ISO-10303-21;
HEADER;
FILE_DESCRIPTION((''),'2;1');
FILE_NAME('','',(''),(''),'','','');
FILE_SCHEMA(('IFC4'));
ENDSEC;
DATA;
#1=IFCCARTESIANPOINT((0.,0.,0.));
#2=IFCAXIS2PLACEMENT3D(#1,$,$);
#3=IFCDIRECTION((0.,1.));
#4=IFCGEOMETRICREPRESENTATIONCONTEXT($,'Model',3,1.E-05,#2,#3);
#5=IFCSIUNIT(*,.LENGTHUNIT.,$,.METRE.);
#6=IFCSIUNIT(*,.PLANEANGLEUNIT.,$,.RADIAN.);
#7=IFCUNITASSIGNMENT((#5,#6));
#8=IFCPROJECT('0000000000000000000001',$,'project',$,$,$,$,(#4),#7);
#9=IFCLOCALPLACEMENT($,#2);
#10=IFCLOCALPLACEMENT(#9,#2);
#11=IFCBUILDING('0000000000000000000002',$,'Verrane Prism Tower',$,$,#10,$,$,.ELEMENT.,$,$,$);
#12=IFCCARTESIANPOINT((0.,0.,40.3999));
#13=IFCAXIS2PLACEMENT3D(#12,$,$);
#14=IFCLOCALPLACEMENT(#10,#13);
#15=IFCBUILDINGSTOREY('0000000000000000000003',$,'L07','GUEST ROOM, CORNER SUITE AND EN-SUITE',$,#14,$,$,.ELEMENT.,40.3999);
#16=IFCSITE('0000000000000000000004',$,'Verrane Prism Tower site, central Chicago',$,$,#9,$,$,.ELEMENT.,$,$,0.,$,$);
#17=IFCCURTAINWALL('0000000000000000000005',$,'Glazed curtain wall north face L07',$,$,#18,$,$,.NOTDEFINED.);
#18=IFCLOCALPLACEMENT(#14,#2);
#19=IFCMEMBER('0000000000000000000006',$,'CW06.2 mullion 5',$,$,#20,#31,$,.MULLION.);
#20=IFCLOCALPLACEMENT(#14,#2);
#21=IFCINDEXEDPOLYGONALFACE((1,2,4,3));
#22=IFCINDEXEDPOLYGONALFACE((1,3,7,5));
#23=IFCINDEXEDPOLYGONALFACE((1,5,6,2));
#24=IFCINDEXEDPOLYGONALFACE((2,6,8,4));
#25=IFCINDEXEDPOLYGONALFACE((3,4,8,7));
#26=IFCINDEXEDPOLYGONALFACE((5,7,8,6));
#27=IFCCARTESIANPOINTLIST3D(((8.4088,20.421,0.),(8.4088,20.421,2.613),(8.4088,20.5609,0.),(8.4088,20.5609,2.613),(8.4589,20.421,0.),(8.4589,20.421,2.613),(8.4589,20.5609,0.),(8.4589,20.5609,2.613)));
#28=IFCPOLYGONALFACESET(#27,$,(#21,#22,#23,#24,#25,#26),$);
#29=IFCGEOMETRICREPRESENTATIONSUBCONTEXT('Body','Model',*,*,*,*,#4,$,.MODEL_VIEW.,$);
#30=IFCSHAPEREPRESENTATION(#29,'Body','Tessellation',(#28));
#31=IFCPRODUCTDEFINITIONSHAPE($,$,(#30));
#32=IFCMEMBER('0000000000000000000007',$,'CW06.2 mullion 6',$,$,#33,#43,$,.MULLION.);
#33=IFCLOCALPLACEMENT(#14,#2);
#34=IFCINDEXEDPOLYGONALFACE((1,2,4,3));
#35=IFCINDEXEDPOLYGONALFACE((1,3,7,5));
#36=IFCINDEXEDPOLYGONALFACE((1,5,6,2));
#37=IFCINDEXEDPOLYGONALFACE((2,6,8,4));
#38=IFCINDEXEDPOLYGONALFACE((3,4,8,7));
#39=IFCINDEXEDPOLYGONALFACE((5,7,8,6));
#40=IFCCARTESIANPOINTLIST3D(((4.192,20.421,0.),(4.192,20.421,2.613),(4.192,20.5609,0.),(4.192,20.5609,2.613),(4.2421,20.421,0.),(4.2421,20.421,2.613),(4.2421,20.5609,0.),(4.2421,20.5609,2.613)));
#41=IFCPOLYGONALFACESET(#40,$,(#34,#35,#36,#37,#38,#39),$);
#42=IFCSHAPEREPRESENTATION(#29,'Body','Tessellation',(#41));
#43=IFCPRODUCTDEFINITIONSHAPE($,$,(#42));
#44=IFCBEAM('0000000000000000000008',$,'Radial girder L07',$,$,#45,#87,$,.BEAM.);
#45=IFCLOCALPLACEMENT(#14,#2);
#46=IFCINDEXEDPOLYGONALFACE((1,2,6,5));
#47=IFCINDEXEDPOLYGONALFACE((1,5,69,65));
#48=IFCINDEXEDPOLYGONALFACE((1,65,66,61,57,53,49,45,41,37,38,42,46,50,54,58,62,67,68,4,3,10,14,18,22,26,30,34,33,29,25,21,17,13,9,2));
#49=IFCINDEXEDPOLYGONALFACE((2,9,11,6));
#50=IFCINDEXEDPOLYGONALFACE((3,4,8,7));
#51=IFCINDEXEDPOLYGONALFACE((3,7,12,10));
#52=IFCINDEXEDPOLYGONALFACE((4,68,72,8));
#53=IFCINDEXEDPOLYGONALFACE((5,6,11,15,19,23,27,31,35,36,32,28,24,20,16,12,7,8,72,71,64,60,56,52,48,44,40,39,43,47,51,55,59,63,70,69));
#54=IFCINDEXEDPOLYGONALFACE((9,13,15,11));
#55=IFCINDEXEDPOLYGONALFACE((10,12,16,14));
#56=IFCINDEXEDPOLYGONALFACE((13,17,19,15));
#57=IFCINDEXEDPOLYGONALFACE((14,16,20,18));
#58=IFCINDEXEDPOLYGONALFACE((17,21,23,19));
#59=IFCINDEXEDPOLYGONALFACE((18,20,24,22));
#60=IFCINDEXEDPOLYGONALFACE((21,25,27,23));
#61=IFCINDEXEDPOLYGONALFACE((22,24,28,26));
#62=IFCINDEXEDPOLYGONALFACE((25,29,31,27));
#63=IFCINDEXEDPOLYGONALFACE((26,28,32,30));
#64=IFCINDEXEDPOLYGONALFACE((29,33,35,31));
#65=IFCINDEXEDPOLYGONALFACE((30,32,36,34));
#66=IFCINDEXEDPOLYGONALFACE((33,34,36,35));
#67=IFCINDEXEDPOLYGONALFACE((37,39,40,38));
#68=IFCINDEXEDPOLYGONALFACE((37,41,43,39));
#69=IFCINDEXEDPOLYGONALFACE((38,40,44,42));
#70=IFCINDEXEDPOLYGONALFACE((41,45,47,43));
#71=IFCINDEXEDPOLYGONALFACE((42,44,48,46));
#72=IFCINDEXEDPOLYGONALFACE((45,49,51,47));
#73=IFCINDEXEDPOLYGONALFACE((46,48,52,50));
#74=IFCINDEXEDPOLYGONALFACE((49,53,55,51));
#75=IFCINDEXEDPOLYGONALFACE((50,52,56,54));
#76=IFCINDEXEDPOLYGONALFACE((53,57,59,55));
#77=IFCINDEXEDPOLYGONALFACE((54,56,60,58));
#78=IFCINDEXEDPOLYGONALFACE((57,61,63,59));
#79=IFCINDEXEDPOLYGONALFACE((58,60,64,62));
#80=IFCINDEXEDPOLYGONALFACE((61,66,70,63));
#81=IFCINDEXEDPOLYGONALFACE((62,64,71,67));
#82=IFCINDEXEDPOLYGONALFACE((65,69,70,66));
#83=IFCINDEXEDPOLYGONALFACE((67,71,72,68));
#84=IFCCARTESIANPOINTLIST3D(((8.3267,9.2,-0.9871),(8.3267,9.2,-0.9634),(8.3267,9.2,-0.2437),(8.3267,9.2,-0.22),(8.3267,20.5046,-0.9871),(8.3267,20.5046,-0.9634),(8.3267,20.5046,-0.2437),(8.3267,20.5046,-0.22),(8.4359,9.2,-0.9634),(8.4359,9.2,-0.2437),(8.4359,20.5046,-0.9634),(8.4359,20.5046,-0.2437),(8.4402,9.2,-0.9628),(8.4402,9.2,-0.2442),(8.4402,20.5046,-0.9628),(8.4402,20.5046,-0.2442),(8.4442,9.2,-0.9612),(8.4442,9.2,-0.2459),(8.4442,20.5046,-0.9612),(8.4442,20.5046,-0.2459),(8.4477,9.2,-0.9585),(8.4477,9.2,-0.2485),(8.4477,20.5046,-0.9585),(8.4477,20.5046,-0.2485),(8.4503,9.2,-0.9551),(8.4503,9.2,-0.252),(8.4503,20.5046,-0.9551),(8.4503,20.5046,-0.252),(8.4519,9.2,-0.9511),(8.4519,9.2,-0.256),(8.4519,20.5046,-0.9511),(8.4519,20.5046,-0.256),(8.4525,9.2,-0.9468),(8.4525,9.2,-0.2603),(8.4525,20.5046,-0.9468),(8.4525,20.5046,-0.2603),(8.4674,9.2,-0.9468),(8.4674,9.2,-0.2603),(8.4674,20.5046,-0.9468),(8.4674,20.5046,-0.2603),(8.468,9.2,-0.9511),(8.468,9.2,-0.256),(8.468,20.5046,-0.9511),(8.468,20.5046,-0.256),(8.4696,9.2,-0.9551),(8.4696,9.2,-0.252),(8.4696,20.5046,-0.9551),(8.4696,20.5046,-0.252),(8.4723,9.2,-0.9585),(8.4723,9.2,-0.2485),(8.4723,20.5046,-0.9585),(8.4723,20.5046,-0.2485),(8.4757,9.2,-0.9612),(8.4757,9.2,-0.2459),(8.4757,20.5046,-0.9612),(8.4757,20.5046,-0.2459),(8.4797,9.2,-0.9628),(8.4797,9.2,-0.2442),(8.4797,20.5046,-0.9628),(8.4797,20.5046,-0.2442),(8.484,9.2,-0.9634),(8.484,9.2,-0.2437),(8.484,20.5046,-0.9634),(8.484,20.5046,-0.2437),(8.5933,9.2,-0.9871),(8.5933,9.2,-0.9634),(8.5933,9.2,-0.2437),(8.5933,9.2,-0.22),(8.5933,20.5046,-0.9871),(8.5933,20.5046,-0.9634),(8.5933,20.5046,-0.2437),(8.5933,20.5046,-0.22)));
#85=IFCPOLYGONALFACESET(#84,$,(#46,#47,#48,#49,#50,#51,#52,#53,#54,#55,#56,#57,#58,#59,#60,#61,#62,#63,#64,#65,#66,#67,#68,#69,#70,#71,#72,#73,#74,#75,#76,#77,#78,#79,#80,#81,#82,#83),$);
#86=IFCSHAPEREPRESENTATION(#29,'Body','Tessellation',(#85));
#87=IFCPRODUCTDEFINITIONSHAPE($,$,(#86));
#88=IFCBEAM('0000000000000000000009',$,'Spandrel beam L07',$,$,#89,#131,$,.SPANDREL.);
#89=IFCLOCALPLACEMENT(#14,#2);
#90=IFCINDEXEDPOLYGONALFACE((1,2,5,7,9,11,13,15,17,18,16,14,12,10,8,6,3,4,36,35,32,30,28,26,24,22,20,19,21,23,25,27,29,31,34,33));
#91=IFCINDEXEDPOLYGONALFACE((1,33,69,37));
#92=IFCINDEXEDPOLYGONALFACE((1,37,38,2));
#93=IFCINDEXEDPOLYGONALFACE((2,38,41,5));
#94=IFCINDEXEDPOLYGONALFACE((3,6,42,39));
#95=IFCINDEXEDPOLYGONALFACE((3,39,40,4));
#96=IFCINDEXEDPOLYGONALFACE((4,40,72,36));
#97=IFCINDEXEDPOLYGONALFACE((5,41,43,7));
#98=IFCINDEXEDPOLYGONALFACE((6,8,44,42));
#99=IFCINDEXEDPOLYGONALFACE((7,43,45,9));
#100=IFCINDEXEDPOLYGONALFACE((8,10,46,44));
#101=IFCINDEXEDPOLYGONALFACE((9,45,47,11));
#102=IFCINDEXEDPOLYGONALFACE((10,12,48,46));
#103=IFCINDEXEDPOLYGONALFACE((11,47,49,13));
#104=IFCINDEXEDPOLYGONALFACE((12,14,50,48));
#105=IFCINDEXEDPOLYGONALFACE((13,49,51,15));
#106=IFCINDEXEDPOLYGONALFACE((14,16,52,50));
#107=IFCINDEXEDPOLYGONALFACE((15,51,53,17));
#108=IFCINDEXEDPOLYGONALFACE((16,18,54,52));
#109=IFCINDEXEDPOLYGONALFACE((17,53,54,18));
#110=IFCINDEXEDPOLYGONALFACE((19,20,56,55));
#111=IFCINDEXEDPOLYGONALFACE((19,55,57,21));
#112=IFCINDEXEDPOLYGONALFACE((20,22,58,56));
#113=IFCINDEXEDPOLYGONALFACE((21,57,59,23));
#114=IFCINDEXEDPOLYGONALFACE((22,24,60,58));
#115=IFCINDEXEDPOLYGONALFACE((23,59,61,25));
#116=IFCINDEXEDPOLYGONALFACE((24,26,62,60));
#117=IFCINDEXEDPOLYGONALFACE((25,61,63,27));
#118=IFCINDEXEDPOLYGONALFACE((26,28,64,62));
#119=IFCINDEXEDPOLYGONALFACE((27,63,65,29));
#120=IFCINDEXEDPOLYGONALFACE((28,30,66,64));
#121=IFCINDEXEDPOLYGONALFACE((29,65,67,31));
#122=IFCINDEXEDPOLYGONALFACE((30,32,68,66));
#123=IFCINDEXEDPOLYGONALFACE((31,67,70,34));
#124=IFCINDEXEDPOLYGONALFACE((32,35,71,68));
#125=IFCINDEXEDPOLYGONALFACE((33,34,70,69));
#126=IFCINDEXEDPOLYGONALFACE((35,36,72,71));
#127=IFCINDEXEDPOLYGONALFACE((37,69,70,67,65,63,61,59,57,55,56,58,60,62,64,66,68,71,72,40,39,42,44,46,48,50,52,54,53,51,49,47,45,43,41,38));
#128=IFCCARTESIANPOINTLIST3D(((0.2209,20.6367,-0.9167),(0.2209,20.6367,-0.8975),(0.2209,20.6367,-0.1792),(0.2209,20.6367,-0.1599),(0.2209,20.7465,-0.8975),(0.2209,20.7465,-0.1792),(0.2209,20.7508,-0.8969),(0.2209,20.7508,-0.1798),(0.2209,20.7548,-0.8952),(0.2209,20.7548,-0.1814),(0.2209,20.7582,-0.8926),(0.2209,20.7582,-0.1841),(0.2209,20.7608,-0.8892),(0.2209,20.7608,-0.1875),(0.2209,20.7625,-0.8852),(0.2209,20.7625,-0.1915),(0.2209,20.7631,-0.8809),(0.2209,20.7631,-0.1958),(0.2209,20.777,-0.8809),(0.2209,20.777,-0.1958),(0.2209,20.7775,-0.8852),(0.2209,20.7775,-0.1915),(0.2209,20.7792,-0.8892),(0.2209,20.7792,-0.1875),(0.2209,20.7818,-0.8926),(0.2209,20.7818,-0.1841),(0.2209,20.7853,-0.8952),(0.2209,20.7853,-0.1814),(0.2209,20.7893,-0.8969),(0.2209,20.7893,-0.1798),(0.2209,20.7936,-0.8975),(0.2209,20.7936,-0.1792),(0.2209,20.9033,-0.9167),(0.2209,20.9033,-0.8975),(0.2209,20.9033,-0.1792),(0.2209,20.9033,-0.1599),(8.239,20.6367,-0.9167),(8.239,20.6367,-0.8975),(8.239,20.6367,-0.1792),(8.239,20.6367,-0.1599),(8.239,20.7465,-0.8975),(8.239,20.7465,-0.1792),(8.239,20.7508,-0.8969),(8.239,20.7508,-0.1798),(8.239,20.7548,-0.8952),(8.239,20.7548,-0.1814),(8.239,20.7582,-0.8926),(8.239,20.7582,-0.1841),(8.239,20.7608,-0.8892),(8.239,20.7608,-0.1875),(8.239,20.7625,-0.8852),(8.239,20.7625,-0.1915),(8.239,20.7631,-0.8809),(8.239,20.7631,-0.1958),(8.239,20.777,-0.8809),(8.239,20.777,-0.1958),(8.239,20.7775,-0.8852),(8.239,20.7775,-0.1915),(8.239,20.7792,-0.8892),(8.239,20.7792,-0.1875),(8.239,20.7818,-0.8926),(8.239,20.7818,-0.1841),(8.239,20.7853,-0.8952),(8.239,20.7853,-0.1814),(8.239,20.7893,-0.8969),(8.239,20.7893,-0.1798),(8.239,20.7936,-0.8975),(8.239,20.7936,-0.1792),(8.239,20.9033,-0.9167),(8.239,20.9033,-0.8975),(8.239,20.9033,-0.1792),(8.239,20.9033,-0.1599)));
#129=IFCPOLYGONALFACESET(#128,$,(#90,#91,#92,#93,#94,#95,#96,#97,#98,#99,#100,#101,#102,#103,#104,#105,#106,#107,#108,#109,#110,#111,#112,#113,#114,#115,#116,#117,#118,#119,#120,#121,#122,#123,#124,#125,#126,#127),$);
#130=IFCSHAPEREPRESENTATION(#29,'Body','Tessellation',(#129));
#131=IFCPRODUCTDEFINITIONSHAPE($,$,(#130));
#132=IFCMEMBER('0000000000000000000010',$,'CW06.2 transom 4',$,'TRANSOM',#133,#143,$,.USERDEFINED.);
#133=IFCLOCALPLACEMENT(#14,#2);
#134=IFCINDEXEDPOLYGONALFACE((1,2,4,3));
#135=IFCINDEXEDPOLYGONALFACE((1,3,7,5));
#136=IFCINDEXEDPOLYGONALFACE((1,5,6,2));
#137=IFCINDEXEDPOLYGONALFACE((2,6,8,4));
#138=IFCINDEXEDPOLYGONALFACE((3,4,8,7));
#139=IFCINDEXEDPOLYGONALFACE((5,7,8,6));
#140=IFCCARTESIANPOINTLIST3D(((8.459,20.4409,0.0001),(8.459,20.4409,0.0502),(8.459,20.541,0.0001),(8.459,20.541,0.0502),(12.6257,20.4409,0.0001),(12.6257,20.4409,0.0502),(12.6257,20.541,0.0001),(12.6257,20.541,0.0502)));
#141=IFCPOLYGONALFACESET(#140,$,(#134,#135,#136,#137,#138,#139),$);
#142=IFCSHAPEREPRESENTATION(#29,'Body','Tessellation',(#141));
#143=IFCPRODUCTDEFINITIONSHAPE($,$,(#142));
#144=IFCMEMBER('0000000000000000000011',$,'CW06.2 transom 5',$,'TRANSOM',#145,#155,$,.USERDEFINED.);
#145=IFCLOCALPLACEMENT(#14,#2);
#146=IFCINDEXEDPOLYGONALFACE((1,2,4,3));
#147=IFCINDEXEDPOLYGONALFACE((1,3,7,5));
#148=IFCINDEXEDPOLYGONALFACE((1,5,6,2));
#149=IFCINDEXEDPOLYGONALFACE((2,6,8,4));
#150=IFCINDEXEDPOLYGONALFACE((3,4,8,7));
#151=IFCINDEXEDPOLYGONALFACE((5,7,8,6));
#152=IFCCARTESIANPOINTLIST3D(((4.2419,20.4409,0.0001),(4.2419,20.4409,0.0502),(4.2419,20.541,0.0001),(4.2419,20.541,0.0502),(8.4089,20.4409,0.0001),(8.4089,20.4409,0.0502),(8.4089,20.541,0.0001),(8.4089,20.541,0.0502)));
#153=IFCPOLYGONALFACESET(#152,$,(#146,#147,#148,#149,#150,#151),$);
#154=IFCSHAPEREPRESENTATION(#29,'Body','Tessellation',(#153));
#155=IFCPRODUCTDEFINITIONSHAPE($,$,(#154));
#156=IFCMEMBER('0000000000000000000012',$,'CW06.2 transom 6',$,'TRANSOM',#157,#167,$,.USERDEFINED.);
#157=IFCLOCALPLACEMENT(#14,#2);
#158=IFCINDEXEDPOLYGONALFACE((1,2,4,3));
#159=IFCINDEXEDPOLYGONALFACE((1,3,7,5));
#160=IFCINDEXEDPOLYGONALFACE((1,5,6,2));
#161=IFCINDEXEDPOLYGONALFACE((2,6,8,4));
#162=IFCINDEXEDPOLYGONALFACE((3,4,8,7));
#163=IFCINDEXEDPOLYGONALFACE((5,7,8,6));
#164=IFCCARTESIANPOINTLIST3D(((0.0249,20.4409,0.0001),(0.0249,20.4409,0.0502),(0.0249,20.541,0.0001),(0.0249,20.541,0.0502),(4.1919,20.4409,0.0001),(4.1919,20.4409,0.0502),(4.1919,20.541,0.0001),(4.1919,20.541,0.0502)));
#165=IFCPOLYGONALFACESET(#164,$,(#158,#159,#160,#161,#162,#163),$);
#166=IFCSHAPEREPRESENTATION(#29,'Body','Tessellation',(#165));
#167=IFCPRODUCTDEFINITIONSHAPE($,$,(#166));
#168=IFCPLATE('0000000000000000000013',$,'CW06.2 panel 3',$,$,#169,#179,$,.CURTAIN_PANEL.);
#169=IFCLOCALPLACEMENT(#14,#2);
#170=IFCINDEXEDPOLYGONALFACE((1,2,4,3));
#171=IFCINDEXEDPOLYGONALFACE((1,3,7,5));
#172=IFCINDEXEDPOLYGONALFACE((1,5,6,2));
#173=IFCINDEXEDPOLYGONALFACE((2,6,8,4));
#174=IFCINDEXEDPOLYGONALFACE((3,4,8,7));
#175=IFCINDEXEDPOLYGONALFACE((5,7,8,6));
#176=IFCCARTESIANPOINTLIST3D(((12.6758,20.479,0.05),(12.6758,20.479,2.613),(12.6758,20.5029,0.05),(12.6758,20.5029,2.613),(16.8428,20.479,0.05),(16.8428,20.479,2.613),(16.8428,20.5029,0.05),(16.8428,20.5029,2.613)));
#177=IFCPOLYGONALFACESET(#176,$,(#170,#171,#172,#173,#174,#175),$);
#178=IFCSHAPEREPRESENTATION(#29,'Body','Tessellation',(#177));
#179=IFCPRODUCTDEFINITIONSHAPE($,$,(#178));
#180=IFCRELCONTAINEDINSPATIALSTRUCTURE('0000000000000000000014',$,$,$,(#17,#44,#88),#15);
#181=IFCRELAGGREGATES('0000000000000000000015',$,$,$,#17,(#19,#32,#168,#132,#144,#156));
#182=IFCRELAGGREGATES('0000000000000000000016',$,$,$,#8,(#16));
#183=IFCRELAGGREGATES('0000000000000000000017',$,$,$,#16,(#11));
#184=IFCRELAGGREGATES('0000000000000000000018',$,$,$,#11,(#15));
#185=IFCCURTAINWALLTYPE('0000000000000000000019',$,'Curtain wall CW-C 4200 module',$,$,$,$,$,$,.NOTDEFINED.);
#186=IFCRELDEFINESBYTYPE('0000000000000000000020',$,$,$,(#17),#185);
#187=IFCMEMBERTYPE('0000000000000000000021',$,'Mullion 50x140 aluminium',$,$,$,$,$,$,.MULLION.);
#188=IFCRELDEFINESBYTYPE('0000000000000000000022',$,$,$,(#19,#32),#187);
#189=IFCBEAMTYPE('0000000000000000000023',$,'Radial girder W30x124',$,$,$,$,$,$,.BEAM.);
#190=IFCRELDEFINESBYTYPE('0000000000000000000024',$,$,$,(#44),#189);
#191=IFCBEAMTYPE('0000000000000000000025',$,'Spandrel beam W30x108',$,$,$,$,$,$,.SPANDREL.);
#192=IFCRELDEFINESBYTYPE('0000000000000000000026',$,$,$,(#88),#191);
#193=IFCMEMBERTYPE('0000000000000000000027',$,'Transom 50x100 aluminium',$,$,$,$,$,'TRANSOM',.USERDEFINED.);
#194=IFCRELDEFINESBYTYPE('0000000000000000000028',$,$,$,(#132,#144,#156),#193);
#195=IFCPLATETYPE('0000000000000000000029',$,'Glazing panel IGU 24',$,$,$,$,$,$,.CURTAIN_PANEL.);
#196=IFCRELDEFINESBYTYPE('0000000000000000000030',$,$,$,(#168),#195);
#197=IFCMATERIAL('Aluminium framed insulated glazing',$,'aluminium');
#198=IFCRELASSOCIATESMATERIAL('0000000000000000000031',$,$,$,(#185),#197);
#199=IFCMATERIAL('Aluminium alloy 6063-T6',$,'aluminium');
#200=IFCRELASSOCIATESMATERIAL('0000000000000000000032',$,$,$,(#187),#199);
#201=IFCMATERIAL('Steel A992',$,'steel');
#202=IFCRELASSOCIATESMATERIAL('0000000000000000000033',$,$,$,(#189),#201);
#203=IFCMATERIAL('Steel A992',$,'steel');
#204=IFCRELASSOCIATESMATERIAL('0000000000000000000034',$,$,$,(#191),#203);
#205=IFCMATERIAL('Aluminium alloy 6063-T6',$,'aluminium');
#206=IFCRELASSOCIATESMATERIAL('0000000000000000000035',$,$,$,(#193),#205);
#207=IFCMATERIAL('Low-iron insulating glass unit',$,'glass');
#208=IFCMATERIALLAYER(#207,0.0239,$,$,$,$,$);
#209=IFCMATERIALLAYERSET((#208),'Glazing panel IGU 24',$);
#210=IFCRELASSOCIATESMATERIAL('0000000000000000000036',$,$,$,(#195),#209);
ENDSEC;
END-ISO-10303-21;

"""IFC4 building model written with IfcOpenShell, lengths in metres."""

from ifc_helpers import new_model, si_unit, direction, frame, origin, origin_2d, place, context, subcontext, project, spatial, rectangle, i_section, extrude, material, layer, layer_set, material_profile, profile_set, type_object, element, aggregate, save


model = new_model("IFC4")

# Units and contexts
model_context = context("Model", 3, precision=1e-05, world=origin(), true_north=direction((0.0, 1.0)))
body_context = subcontext(model_context, "Body", "Model", "MODEL_VIEW")
ifc_project = project(units=[si_unit("LENGTHUNIT", "METRE"), si_unit("PLANEANGLEUNIT", "RADIAN")], contexts=[model_context])

# Site, building, storey
site_placement = place(None, origin())
site = spatial("IfcSite", under=ifc_project, at=site_placement, Name="Verrane Prism Tower site, central Chicago", CompositionType="ELEMENT", RefElevation=0.0)
building_placement = place(site_placement, origin())
building = spatial("IfcBuilding", under=site, at=building_placement, Name="Verrane Prism Tower", CompositionType="ELEMENT")
storey_placement = place(building_placement, frame((0.0, 0.0, 40.3999)))
storey = spatial("IfcBuildingStorey", under=building, at=storey_placement, Name="L07", Description="GUEST ROOM, CORNER SUITE AND EN-SUITE", CompositionType="ELEMENT", Elevation=40.3999)

# Curtain wall, members
ifc_material_1 = material(Name="Aluminium framed insulated glazing", Category="aluminium")
curtain_wall_type = type_object("IfcCurtainWallType", Name="Curtain wall CW-C 4200 module", PredefinedType="NOTDEFINED", material=ifc_material_1)
curtain_wall_placement = place(storey_placement, origin())
curtain_wall = element("IfcCurtainWall", 1, at=curtain_wall_placement, inside=storey, type_object=curtain_wall_type, Name="Glazed curtain wall north face L07", PredefinedType="NOTDEFINED")
ifc_material_2 = material(Name="Aluminium alloy 6063-T6", Category="aluminium")
ifc_material_profile_1 = material_profile(ifc_material_2, rectangle(XDim=0.1399, YDim=0.05, at=origin_2d()), Name="Mullion 50x140 aluminium")
ifc_profile_set_1 = profile_set([ifc_material_profile_1], Name="Aluminium alloy 6063-T6")
member_type_1 = type_object("IfcMemberType", Name="Mullion 50x140 aluminium", PredefinedType="MULLION", material=ifc_profile_set_1)
member_1_placement = place(storey_placement, frame((8.4338, 20.491, 0.0), z_axis=(0.0, 0.0, 1.0), x_axis=(0.0, -1.0, 0.0)))
member_1 = element("IfcMember", 2, at=member_1_placement, type_object=member_type_1, Name="CW06.2 mullion 5", PredefinedType="MULLION", context=body_context, shape_type="SweptSolid", body=[
    extrude(rectangle(XDim=0.1399, YDim=0.05, at=origin_2d()), origin(), (0.0, 0.0, 1.0), 2.613),
])
member_2_placement = place(storey_placement, frame((4.217, 20.491, 0.0), z_axis=(0.0, 0.0, 1.0), x_axis=(0.0, -1.0, 0.0)))
member_2 = element("IfcMember", 3, at=member_2_placement, type_object=member_type_1, Name="CW06.2 mullion 6", PredefinedType="MULLION", context=body_context, shape_type="SweptSolid", body=[
    extrude(rectangle(XDim=0.1399, YDim=0.05, at=origin_2d()), origin(), (0.0, 0.0, 1.0), 2.613),
])

# Beams
ifc_material_3 = material(Name="Steel A992", Category="steel")
ifc_material_profile_2 = material_profile(ifc_material_3, i_section(OverallWidth=0.2666, OverallDepth=0.7671, WebThickness=0.0149, FlangeThickness=0.0237, FilletRadius=0.0166, at=origin_2d()), Name="W30x124")
ifc_profile_set_2 = profile_set([ifc_material_profile_2], Name="Steel A992")
beam_type_1 = type_object("IfcBeamType", Name="Radial girder W30x124", PredefinedType="BEAM", material=ifc_profile_set_2)
beam_1_placement = place(storey_placement, frame((8.46, 20.5046, -0.6035), z_axis=(0.0, -1.0, 0.0), x_axis=(1.0, 0.0, 0.0)))
element("IfcBeam", 4, at=beam_1_placement, inside=storey, type_object=beam_type_1, Name="Radial girder L07", PredefinedType="BEAM", context=body_context, shape_type="SweptSolid", body=[
    extrude(i_section(OverallWidth=0.2666, OverallDepth=0.7671, WebThickness=0.0149, FlangeThickness=0.0237, FilletRadius=0.0166, at=origin_2d()), origin(), (0.0, 0.0, 1.0), 11.3047),
])
ifc_material_4 = material(Name="Steel A992", Category="steel")
ifc_material_profile_3 = material_profile(ifc_material_4, i_section(OverallWidth=0.2666, OverallDepth=0.7568, WebThickness=0.0139, FlangeThickness=0.0193, FilletRadius=0.0166, at=origin_2d()), Name="W30x108")
ifc_profile_set_3 = profile_set([ifc_material_profile_3], Name="Steel A992")
beam_type_2 = type_object("IfcBeamType", Name="Spandrel beam W30x108", PredefinedType="SPANDREL", material=ifc_profile_set_3)
beam_2_placement = place(storey_placement, frame((8.239, 20.77, -0.5383), z_axis=(-1.0, 0.0, 0.0), x_axis=(0.0, -1.0, 0.0)))
element("IfcBeam", 5, at=beam_2_placement, inside=storey, type_object=beam_type_2, Name="Spandrel beam L07", PredefinedType="SPANDREL", context=body_context, shape_type="SweptSolid", body=[
    extrude(i_section(OverallWidth=0.2666, OverallDepth=0.7568, WebThickness=0.0139, FlangeThickness=0.0193, FilletRadius=0.0166, at=origin_2d()), origin(), (0.0, 0.0, 1.0), 8.0181),
])

# Members
ifc_material_5 = material(Name="Aluminium alloy 6063-T6", Category="aluminium")
ifc_material_profile_4 = material_profile(ifc_material_5, rectangle(XDim=0.1001, YDim=0.05, at=origin_2d()), Name="Transom 50x100 aluminium")
ifc_profile_set_4 = profile_set([ifc_material_profile_4], Name="Aluminium alloy 6063-T6")
member_type_2 = type_object("IfcMemberType", Name="Transom 50x100 aluminium", ElementType="TRANSOM", PredefinedType="USERDEFINED", material=ifc_profile_set_4)
member_3_placement = place(storey_placement, frame((12.6257, 20.491, 0.0251), z_axis=(-1.0, 0.0, 0.0), x_axis=(0.0, -1.0, 0.0)))
member_3 = element("IfcMember", 6, at=member_3_placement, type_object=member_type_2, Name="CW06.2 transom 4", ObjectType="TRANSOM", PredefinedType="USERDEFINED", context=body_context, shape_type="SweptSolid", body=[
    extrude(rectangle(XDim=0.1001, YDim=0.05, at=origin_2d()), origin(), (0.0, 0.0, 1.0), 4.1667),
])
member_4_placement = place(storey_placement, frame((8.4089, 20.491, 0.0251), z_axis=(-1.0, 0.0, 0.0), x_axis=(0.0, -1.0, 0.0)))
member_4 = element("IfcMember", 7, at=member_4_placement, type_object=member_type_2, Name="CW06.2 transom 5", ObjectType="TRANSOM", PredefinedType="USERDEFINED", context=body_context, shape_type="SweptSolid", body=[
    extrude(rectangle(XDim=0.1001, YDim=0.05, at=origin_2d()), origin(), (0.0, 0.0, 1.0), 4.167),
])
member_5_placement = place(storey_placement, frame((4.1919, 20.491, 0.0251), z_axis=(-1.0, 0.0, 0.0), x_axis=(0.0, -1.0, 0.0)))
member_5 = element("IfcMember", 8, at=member_5_placement, type_object=member_type_2, Name="CW06.2 transom 6", ObjectType="TRANSOM", PredefinedType="USERDEFINED", context=body_context, shape_type="SweptSolid", body=[
    extrude(rectangle(XDim=0.1001, YDim=0.05, at=origin_2d()), origin(), (0.0, 0.0, 1.0), 4.167),
])

# Plate
ifc_material_6 = material(Name="Low-iron insulating glass unit", Category="glass")
ifc_layer_1 = layer(ifc_material_6, 0.0239)
ifc_layer_set_1 = layer_set([ifc_layer_1], Name="Glazing panel IGU 24")
plate_type = type_object("IfcPlateType", Name="Glazing panel IGU 24", PredefinedType="CURTAIN_PANEL", material=ifc_layer_set_1)
plate_1_placement = place(storey_placement, frame((14.7593, 20.491, 0.05), z_axis=(0.0, 0.0, 1.0), x_axis=(-1.0, 0.0, 0.0)))
plate_1 = element("IfcPlate", 9, at=plate_1_placement, type_object=plate_type, Name="CW06.2 panel 3", PredefinedType="CURTAIN_PANEL", context=body_context, shape_type="SweptSolid", body=[
    extrude(rectangle(XDim=4.167, YDim=0.0239, at=origin_2d()), origin(), (0.0, 0.0, 1.0), 2.563),
])
aggregate(curtain_wall, [member_1, member_2, plate_1, member_3, member_4, member_5])

save(model, "model.ifc")
